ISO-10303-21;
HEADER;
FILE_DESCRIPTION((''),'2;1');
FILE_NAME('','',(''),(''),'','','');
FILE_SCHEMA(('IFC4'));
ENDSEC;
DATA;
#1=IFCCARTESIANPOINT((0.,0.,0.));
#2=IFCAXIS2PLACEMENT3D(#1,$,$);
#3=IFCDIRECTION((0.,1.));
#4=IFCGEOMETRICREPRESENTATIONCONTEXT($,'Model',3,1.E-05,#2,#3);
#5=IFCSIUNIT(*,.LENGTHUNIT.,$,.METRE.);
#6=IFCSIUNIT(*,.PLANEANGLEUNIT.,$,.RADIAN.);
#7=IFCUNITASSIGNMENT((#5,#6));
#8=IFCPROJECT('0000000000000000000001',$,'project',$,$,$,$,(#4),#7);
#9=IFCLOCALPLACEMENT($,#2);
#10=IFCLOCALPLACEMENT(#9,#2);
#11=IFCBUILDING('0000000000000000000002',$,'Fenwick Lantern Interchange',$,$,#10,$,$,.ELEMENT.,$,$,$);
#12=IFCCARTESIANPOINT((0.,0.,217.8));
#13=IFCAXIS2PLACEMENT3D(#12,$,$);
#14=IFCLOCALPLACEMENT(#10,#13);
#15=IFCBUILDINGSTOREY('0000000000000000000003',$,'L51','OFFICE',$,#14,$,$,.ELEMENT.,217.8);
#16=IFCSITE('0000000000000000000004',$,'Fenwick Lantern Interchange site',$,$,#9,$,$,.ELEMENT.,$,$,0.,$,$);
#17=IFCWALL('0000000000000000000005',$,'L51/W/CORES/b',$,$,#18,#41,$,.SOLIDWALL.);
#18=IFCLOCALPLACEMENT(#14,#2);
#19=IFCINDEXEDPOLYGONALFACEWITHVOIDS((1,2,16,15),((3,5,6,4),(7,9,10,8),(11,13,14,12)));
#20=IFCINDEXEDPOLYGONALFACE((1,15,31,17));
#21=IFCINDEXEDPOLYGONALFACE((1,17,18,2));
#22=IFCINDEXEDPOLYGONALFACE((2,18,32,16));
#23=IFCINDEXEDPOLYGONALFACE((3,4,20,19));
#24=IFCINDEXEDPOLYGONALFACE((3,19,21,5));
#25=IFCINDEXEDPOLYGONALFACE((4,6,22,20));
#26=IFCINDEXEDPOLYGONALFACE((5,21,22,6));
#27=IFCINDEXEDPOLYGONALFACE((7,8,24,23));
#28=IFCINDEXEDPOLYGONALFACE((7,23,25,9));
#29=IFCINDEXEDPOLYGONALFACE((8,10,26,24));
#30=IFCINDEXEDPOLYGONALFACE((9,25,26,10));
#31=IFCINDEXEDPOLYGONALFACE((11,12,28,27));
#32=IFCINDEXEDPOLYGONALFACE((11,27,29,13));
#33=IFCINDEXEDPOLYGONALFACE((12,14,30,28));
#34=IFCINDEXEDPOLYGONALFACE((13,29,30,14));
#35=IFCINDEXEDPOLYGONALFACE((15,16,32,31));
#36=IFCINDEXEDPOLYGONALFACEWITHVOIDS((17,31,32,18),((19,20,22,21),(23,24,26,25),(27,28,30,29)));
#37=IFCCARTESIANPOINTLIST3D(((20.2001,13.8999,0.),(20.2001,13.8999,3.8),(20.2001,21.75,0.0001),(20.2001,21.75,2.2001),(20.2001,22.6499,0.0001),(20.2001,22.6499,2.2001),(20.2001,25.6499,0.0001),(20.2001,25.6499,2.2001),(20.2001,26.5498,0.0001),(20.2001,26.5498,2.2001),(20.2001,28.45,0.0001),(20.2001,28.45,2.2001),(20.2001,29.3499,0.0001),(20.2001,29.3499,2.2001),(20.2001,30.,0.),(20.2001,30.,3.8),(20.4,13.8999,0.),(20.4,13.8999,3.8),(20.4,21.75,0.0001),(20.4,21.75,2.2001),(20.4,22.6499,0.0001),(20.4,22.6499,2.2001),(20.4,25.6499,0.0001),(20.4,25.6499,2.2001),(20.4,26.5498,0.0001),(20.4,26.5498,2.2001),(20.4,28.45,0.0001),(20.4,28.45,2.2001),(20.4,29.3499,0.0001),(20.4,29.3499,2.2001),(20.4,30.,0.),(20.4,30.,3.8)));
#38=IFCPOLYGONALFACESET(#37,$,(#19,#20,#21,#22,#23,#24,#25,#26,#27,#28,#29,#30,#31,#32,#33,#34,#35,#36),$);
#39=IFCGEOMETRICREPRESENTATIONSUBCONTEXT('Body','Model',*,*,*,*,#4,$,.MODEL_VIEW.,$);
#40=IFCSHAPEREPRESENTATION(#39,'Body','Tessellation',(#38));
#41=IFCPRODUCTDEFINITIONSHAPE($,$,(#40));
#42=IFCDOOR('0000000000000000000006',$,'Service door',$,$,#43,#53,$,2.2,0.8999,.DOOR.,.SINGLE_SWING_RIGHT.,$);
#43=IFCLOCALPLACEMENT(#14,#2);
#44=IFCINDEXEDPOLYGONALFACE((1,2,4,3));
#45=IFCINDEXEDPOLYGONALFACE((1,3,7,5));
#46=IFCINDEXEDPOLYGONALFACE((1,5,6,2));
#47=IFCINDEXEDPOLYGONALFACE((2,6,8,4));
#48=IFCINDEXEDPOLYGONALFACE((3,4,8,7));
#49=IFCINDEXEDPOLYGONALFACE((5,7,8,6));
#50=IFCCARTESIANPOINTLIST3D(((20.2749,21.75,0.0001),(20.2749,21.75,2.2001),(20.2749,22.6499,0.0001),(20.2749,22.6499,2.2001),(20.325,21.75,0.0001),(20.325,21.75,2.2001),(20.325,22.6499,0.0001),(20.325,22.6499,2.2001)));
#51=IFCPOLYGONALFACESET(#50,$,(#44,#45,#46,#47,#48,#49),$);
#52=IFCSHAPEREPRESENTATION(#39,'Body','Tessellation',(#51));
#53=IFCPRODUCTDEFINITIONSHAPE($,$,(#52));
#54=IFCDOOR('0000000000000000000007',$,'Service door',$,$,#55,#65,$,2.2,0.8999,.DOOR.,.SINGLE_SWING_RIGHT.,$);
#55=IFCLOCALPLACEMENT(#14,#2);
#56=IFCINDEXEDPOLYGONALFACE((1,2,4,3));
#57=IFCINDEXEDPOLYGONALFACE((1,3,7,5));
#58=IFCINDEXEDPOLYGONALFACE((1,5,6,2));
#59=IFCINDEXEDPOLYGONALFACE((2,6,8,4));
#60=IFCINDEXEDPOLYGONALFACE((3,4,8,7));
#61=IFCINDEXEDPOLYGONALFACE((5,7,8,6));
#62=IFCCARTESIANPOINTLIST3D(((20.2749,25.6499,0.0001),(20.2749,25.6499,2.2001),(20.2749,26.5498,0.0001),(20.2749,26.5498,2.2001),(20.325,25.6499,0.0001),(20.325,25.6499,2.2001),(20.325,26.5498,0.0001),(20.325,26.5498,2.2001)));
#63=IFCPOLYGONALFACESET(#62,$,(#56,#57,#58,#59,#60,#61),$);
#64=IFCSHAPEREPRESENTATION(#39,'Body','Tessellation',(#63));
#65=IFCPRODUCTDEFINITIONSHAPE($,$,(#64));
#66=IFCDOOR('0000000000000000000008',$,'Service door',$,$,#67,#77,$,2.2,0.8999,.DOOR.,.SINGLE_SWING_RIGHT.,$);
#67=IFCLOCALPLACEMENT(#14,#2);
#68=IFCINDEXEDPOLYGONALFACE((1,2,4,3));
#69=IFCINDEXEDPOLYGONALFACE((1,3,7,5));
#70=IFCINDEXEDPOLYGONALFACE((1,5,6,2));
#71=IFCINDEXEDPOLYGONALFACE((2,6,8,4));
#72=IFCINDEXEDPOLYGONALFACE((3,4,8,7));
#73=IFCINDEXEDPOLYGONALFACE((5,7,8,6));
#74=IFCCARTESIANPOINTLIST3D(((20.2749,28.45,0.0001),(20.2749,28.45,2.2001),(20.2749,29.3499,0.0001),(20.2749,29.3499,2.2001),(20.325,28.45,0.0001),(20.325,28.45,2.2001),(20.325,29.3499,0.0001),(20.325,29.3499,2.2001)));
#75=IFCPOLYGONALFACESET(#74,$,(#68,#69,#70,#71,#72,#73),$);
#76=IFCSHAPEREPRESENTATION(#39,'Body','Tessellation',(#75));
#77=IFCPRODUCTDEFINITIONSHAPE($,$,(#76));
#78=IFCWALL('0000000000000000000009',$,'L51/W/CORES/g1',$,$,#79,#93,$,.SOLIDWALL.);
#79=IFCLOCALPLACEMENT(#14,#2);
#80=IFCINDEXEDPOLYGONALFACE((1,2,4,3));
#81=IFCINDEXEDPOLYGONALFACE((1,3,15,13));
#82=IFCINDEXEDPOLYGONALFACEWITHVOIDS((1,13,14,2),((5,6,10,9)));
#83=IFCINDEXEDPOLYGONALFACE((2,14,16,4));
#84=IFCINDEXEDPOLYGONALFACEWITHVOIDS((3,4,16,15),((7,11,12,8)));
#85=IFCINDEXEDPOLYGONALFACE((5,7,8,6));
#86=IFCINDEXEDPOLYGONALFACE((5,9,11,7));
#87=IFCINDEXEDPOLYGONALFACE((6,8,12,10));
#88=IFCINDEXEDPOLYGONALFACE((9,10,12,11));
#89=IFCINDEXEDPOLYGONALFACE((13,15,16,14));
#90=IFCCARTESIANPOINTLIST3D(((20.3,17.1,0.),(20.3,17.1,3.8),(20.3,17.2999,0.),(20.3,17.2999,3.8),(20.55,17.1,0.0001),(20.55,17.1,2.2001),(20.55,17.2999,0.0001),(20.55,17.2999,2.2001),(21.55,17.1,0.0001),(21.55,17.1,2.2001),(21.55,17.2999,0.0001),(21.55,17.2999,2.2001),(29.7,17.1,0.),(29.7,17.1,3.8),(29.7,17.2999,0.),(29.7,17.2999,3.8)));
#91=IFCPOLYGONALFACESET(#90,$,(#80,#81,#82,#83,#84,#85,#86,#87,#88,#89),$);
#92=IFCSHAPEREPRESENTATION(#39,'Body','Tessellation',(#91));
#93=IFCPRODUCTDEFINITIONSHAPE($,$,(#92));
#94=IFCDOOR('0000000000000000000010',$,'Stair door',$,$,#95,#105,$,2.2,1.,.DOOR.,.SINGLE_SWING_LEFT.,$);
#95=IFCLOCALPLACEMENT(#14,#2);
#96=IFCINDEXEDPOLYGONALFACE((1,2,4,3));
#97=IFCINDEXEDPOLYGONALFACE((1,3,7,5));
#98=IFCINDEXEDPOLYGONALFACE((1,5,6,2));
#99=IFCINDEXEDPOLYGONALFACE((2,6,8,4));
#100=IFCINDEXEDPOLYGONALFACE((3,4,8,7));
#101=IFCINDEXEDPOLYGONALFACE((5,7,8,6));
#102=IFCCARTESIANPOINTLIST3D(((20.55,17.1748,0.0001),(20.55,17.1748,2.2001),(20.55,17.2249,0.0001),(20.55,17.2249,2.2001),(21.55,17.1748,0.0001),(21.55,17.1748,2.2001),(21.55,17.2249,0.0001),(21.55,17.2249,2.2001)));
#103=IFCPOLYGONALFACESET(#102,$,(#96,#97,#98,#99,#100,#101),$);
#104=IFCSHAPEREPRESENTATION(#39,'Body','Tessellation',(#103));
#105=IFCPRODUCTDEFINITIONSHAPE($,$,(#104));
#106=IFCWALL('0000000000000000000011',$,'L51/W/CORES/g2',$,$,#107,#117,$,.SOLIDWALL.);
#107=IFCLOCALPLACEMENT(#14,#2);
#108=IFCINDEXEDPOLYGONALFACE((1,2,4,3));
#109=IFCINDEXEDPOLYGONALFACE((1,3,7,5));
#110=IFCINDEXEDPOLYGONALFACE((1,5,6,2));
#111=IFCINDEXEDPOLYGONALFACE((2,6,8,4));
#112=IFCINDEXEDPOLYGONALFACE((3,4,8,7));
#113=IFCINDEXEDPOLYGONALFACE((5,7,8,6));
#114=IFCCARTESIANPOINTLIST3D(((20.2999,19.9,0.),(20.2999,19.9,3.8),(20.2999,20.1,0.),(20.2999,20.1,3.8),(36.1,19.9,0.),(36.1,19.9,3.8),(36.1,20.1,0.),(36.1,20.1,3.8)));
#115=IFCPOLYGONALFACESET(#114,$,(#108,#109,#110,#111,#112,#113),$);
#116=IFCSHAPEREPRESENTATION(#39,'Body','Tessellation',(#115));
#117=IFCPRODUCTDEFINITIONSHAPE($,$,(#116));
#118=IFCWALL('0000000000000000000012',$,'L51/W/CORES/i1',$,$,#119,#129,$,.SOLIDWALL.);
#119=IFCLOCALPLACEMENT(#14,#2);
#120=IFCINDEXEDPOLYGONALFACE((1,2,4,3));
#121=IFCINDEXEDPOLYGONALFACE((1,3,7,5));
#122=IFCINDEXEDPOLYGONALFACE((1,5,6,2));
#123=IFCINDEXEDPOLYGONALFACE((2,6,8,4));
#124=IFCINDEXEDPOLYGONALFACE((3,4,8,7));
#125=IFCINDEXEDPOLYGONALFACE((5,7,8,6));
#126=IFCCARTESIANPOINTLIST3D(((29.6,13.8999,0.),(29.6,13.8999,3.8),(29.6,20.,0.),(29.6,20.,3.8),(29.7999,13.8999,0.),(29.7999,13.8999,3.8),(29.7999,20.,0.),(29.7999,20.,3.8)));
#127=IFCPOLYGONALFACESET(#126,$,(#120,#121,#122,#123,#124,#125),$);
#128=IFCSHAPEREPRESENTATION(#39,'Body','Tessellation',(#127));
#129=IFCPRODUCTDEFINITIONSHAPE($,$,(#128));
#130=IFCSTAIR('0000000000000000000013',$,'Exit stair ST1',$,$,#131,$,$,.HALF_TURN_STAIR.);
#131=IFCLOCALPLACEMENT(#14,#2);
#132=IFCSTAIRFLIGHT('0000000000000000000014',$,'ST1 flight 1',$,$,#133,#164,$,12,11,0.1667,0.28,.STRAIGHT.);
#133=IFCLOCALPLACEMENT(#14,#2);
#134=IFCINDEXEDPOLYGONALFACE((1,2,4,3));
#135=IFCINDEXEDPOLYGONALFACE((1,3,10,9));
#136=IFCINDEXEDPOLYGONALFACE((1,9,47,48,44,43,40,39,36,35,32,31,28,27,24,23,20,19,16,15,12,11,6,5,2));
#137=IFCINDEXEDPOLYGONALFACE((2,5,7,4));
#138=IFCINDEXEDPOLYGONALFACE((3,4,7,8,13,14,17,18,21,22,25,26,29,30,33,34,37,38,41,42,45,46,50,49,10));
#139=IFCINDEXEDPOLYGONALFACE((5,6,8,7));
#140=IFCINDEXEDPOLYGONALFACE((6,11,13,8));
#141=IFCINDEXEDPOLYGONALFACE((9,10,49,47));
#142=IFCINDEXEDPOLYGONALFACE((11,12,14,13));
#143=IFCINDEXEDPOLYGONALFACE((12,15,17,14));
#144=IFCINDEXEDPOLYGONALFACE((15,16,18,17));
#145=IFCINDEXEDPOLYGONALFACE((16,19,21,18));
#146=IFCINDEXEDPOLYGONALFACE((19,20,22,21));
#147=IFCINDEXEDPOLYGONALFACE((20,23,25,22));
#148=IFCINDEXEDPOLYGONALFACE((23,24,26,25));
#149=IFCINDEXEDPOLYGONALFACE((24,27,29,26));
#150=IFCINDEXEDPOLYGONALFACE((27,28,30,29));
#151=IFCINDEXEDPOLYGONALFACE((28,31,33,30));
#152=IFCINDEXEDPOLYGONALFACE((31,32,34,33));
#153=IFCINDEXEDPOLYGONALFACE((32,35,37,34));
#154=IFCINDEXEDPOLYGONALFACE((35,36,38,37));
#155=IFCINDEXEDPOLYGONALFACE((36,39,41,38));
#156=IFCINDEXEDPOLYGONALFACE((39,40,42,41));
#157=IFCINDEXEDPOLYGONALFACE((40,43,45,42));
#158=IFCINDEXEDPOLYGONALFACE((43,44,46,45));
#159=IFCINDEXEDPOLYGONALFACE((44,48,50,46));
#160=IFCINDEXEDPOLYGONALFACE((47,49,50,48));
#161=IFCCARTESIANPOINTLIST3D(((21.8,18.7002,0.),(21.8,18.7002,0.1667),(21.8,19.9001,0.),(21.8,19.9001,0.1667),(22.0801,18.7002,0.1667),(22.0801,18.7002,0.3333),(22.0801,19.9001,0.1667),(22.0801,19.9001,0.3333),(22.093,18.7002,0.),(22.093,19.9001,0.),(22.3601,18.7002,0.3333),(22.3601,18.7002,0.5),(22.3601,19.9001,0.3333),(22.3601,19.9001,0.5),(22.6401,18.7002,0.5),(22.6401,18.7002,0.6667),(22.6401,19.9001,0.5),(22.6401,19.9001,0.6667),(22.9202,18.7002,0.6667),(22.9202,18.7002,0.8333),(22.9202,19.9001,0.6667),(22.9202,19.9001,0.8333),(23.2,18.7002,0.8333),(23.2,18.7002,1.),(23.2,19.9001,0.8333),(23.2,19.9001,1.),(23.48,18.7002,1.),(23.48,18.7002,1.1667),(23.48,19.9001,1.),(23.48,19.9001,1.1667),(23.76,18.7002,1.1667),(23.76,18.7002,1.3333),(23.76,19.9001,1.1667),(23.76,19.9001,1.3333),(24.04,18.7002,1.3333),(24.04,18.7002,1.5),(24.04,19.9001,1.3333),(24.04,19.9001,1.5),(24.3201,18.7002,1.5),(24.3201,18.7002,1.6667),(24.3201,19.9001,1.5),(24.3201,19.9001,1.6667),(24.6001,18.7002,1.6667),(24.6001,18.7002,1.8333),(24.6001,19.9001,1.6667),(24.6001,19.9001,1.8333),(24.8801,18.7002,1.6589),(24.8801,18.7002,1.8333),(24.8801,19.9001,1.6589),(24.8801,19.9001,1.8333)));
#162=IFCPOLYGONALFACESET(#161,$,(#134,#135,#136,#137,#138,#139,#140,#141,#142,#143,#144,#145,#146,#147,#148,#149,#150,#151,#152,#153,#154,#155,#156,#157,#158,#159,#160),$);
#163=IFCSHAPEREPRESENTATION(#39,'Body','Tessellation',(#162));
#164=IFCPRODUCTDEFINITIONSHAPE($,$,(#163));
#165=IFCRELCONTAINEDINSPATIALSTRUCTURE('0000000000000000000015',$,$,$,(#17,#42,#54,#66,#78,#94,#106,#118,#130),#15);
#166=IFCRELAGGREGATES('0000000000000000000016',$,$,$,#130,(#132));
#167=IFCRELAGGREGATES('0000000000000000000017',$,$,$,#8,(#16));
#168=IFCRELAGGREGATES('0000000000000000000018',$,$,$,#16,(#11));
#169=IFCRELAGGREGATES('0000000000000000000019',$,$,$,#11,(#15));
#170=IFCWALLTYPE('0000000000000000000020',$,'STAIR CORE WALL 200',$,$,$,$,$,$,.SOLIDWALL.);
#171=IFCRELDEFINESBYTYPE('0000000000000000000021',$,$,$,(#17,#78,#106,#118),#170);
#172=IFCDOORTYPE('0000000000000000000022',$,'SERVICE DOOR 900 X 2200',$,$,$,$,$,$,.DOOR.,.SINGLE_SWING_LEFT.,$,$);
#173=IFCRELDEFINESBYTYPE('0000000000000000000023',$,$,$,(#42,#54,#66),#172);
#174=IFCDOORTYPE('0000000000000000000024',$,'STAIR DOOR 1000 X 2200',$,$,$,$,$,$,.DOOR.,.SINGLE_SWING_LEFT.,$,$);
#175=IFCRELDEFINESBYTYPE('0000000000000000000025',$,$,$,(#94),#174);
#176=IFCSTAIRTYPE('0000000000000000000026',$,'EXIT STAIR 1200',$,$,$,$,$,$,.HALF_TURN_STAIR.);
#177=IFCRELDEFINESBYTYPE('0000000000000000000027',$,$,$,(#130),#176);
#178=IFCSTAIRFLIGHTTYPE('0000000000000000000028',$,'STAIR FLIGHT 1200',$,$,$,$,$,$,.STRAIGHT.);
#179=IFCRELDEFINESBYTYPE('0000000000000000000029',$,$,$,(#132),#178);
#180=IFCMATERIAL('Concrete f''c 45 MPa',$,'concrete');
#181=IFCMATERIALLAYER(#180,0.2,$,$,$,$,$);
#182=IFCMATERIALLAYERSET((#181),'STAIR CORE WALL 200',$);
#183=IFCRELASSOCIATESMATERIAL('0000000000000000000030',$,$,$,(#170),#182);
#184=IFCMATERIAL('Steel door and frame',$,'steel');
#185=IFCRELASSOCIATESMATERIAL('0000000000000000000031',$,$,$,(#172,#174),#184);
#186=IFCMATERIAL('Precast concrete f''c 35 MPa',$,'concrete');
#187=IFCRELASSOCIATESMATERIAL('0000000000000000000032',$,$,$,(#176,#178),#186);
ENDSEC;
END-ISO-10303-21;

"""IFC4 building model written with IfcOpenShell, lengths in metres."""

from ifc_helpers import new_model, si_unit, direction, frame, frame_2d, origin, place, context, subcontext, project, spatial, polyline, rectangle, outline, extrude, material, layer, layer_set, type_object, element, fill, aggregate, save


model = new_model("IFC4")

# Units and contexts
model_context = context("Model", 3, precision=1e-05, world=origin(), true_north=direction((0.0, 1.0)))
body_context = subcontext(model_context, "Body", "Model", "MODEL_VIEW")
ifc_project = project(units=[si_unit("LENGTHUNIT", "METRE"), si_unit("PLANEANGLEUNIT", "RADIAN")], contexts=[model_context])

# Site, building, storey
site_placement = place(None, origin())
site = spatial("IfcSite", under=ifc_project, at=site_placement, Name="Fenwick Lantern Interchange site", CompositionType="ELEMENT", RefElevation=0.0)
building_placement = place(site_placement, origin())
building = spatial("IfcBuilding", under=site, at=building_placement, Name="Fenwick Lantern Interchange", CompositionType="ELEMENT")
storey_placement = place(building_placement, frame((0.0, 0.0, 217.8)))
storey = spatial("IfcBuildingStorey", under=building, at=storey_placement, Name="L51", Description="OFFICE", CompositionType="ELEMENT", Elevation=217.8)

# Shared definitions
ifc_material_1 = material(Name="Steel door and frame", Category="steel")

# Wall, openings, doors
ifc_material_2 = material(Name="Concrete f'c 45 MPa", Category="concrete")
ifc_layer_1 = layer(ifc_material_2, 0.2)
ifc_layer_set_1 = layer_set([ifc_layer_1], Name="STAIR CORE WALL 200")
wall_type_1 = type_object("IfcWallType", Name="STAIR CORE WALL 200", PredefinedType="SOLIDWALL", material=ifc_layer_set_1)
wall_1_placement = place(storey_placement, frame((20.3, 13.8999, 0.0), z_axis=(0.0, 0.0, 1.0), x_axis=(0.0, 1.0, 0.0)))
wall_1 = element("IfcWall", 1, at=wall_1_placement, inside=storey, type_object=wall_type_1, Name="L51/W/CORES/b", PredefinedType="SOLIDWALL", context=body_context, shape_type="SweptSolid", body=[
    extrude(rectangle(XDim=16.1001, YDim=0.2, at=frame_2d((8.05, 0.0))), origin(), (0.0, 0.0, 1.0), 3.8),
])
opening_1_placement = place(wall_1_placement, frame((7.8501, 0.0, 0.0)))
opening_1 = element("IfcOpeningElement", 2, at=opening_1_placement, cuts=wall_1, PredefinedType="OPENING", context=body_context, shape_type="SweptSolid", body=[
    extrude(rectangle(XDim=0.8999, YDim=2.2, at=frame_2d((0.45, 1.1001))), frame((0.0, 0.1099, 0.0), z_axis=(0.0, -1.0, 0.0), x_axis=(1.0, 0.0, 0.0)), (0.0, 0.0, 1.0), 0.22),
])
opening_2_placement = place(wall_1_placement, frame((11.75, 0.0, 0.0)))
opening_2 = element("IfcOpeningElement", 3, at=opening_2_placement, cuts=wall_1, PredefinedType="OPENING", context=body_context, shape_type="SweptSolid", body=[
    extrude(rectangle(XDim=0.8999, YDim=2.2, at=frame_2d((0.45, 1.1001))), frame((0.0, 0.1099, 0.0), z_axis=(0.0, -1.0, 0.0), x_axis=(1.0, 0.0, 0.0)), (0.0, 0.0, 1.0), 0.22),
])
opening_3_placement = place(wall_1_placement, frame((14.55, 0.0, 0.0)))
opening_3 = element("IfcOpeningElement", 4, at=opening_3_placement, cuts=wall_1, PredefinedType="OPENING", context=body_context, shape_type="SweptSolid", body=[
    extrude(rectangle(XDim=0.8999, YDim=2.2, at=frame_2d((0.45, 1.1001))), frame((0.0, 0.1099, 0.0), z_axis=(0.0, -1.0, 0.0), x_axis=(1.0, 0.0, 0.0)), (0.0, 0.0, 1.0), 0.22),
])
door_type_1 = type_object("IfcDoorType", Name="SERVICE DOOR 900 X 2200", OperationType="SINGLE_SWING_LEFT", PredefinedType="DOOR", material=ifc_material_1)
door_1_placement = place(opening_1_placement, frame((0.8999, 0.0, 0.0), z_axis=(0.0, 0.0, 1.0), x_axis=(-1.0, 0.0, 0.0)))
door_1 = element("IfcDoor", 5, at=door_1_placement, inside=storey, type_object=door_type_1, Name="Service door", OperationType="SINGLE_SWING_RIGHT", OverallHeight=2.2, OverallWidth=0.8999, PredefinedType="DOOR", context=body_context, shape_type="SweptSolid", body=[
    extrude(rectangle(XDim=0.8999, YDim=2.2, at=frame_2d((0.45, 1.1001))), frame((0.0, 0.0249, 0.0), z_axis=(0.0, -1.0, 0.0), x_axis=(1.0, 0.0, 0.0)), (0.0, 0.0, 1.0), 0.05),
])
fill(opening_1, door_1)
door_2_placement = place(opening_2_placement, frame((0.8999, 0.0, 0.0), z_axis=(0.0, 0.0, 1.0), x_axis=(-1.0, 0.0, 0.0)))
door_2 = element("IfcDoor", 6, at=door_2_placement, inside=storey, type_object=door_type_1, Name="Service door", OperationType="SINGLE_SWING_RIGHT", OverallHeight=2.2, OverallWidth=0.8999, PredefinedType="DOOR", context=body_context, shape_type="SweptSolid", body=[
    extrude(rectangle(XDim=0.8999, YDim=2.2, at=frame_2d((0.45, 1.1001))), frame((0.0, 0.0249, 0.0), z_axis=(0.0, -1.0, 0.0), x_axis=(1.0, 0.0, 0.0)), (0.0, 0.0, 1.0), 0.05),
])
fill(opening_2, door_2)
door_3_placement = place(opening_3_placement, frame((0.8999, 0.0, 0.0), z_axis=(0.0, 0.0, 1.0), x_axis=(-1.0, 0.0, 0.0)))
door_3 = element("IfcDoor", 7, at=door_3_placement, inside=storey, type_object=door_type_1, Name="Service door", OperationType="SINGLE_SWING_RIGHT", OverallHeight=2.2, OverallWidth=0.8999, PredefinedType="DOOR", context=body_context, shape_type="SweptSolid", body=[
    extrude(rectangle(XDim=0.8999, YDim=2.2, at=frame_2d((0.45, 1.1001))), frame((0.0, 0.0249, 0.0), z_axis=(0.0, -1.0, 0.0), x_axis=(1.0, 0.0, 0.0)), (0.0, 0.0, 1.0), 0.05),
])
fill(opening_3, door_3)

# Wall, opening, door
wall_2_placement = place(storey_placement, frame((20.3, 17.2, 0.0), z_axis=(0.0, 0.0, 1.0), x_axis=(1.0, 0.0, 0.0)))
wall_2 = element("IfcWall", 8, at=wall_2_placement, inside=storey, type_object=wall_type_1, Name="L51/W/CORES/g1", PredefinedType="SOLIDWALL", context=body_context, shape_type="SweptSolid", body=[
    extrude(rectangle(XDim=9.3999, YDim=0.2, at=frame_2d((4.7, 0.0))), origin(), (0.0, 0.0, 1.0), 3.8),
])
opening_4_placement = place(wall_2_placement, frame((0.25, 0.0, 0.0)))
opening_4 = element("IfcOpeningElement", 9, at=opening_4_placement, cuts=wall_2, PredefinedType="OPENING", context=body_context, shape_type="SweptSolid", body=[
    extrude(rectangle(XDim=1.0, YDim=2.2, at=frame_2d((0.5, 1.1001))), frame((0.0, 0.1099, 0.0), z_axis=(0.0, -1.0, 0.0), x_axis=(1.0, 0.0, 0.0)), (0.0, 0.0, 1.0), 0.22),
])
door_type_2 = type_object("IfcDoorType", Name="STAIR DOOR 1000 X 2200", OperationType="SINGLE_SWING_LEFT", PredefinedType="DOOR", material=ifc_material_1)
door_4_placement = place(opening_4_placement, origin())
door_4 = element("IfcDoor", 10, at=door_4_placement, inside=storey, type_object=door_type_2, Name="Stair door", OperationType="SINGLE_SWING_LEFT", OverallHeight=2.2, OverallWidth=1.0, PredefinedType="DOOR", context=body_context, shape_type="SweptSolid", body=[
    extrude(rectangle(XDim=1.0, YDim=2.2, at=frame_2d((0.5, 1.1001))), frame((0.0, 0.0249, 0.0), z_axis=(0.0, -1.0, 0.0), x_axis=(1.0, 0.0, 0.0)), (0.0, 0.0, 1.0), 0.05),
])
fill(opening_4, door_4)

# Walls
wall_3_placement = place(storey_placement, frame((20.3, 20.0, 0.0), z_axis=(0.0, 0.0, 1.0), x_axis=(1.0, 0.0, 0.0)))
element("IfcWall", 11, at=wall_3_placement, inside=storey, type_object=wall_type_1, Name="L51/W/CORES/g2", PredefinedType="SOLIDWALL", context=body_context, shape_type="SweptSolid", body=[
    extrude(rectangle(XDim=15.8, YDim=0.2, at=frame_2d((7.8999, 0.0))), origin(), (0.0, 0.0, 1.0), 3.8),
])
wall_4_placement = place(storey_placement, frame((29.7, 13.8999, 0.0), z_axis=(0.0, 0.0, 1.0), x_axis=(0.0, 1.0, 0.0)))
element("IfcWall", 12, at=wall_4_placement, inside=storey, type_object=wall_type_1, Name="L51/W/CORES/i1", PredefinedType="SOLIDWALL", context=body_context, shape_type="SweptSolid", body=[
    extrude(rectangle(XDim=6.1001, YDim=0.2, at=frame_2d((3.05, 0.0))), origin(), (0.0, 0.0, 1.0), 3.8),
])

# Stair, stair flight
ifc_material_3 = material(Name="Precast concrete f'c 35 MPa", Category="concrete")
stair_type = type_object("IfcStairType", Name="EXIT STAIR 1200", PredefinedType="HALF_TURN_STAIR", material=ifc_material_3)
stair_placement = place(storey_placement, origin())
stair = element("IfcStair", 13, at=stair_placement, inside=storey, type_object=stair_type, Name="Exit stair ST1", PredefinedType="HALF_TURN_STAIR")
stair_flight_type = type_object("IfcStairFlightType", Name="STAIR FLIGHT 1200", PredefinedType="STRAIGHT", material=ifc_material_3)
stair_flight_1_placement = place(storey_placement, frame((21.8, 19.3, 0.0), z_axis=(0.0, 0.0, 1.0), x_axis=(1.0, 0.0, 0.0)))
stair_flight_1 = element("IfcStairFlight", 14, at=stair_flight_1_placement, type_object=stair_flight_type, Name="ST1 flight 1", NumberOfRisers=12, NumberOfTreads=11, PredefinedType="STRAIGHT", RiserHeight=0.1667, TreadLength=0.28, context=body_context, shape_type="SweptSolid", body=[
    extrude(outline(polyline([(0.0, 0.0), (0.0, 0.1667), (0.28, 0.1667), (0.28, 0.3333), (0.5601, 0.3333), (0.5601, 0.5), (0.8401, 0.5), (0.8401, 0.6667), (1.1201, 0.6667), (1.1201, 0.8333), (1.3999, 0.8333), (1.3999, 1.0), (1.6799, 1.0), (1.6799, 1.1667), (1.96, 1.1667), (1.96, 1.3333), (2.24, 1.3333), (2.24, 1.5), (2.52, 1.5), (2.52, 1.6667), (2.8, 1.6667), (2.8, 1.8333), (3.0801, 1.8333), (3.0801, 2.0), (3.0801, 1.6589), (0.293, 0.0), (0.0, 0.0)])), frame((0.0, 0.6001, 0.0), z_axis=(0.0, -1.0, 0.0), x_axis=(1.0, 0.0, 0.0)), (0.0, 0.0, 1.0), 1.2),
])
aggregate(stair, [stair_flight_1])

save(model, "model.ifc")
